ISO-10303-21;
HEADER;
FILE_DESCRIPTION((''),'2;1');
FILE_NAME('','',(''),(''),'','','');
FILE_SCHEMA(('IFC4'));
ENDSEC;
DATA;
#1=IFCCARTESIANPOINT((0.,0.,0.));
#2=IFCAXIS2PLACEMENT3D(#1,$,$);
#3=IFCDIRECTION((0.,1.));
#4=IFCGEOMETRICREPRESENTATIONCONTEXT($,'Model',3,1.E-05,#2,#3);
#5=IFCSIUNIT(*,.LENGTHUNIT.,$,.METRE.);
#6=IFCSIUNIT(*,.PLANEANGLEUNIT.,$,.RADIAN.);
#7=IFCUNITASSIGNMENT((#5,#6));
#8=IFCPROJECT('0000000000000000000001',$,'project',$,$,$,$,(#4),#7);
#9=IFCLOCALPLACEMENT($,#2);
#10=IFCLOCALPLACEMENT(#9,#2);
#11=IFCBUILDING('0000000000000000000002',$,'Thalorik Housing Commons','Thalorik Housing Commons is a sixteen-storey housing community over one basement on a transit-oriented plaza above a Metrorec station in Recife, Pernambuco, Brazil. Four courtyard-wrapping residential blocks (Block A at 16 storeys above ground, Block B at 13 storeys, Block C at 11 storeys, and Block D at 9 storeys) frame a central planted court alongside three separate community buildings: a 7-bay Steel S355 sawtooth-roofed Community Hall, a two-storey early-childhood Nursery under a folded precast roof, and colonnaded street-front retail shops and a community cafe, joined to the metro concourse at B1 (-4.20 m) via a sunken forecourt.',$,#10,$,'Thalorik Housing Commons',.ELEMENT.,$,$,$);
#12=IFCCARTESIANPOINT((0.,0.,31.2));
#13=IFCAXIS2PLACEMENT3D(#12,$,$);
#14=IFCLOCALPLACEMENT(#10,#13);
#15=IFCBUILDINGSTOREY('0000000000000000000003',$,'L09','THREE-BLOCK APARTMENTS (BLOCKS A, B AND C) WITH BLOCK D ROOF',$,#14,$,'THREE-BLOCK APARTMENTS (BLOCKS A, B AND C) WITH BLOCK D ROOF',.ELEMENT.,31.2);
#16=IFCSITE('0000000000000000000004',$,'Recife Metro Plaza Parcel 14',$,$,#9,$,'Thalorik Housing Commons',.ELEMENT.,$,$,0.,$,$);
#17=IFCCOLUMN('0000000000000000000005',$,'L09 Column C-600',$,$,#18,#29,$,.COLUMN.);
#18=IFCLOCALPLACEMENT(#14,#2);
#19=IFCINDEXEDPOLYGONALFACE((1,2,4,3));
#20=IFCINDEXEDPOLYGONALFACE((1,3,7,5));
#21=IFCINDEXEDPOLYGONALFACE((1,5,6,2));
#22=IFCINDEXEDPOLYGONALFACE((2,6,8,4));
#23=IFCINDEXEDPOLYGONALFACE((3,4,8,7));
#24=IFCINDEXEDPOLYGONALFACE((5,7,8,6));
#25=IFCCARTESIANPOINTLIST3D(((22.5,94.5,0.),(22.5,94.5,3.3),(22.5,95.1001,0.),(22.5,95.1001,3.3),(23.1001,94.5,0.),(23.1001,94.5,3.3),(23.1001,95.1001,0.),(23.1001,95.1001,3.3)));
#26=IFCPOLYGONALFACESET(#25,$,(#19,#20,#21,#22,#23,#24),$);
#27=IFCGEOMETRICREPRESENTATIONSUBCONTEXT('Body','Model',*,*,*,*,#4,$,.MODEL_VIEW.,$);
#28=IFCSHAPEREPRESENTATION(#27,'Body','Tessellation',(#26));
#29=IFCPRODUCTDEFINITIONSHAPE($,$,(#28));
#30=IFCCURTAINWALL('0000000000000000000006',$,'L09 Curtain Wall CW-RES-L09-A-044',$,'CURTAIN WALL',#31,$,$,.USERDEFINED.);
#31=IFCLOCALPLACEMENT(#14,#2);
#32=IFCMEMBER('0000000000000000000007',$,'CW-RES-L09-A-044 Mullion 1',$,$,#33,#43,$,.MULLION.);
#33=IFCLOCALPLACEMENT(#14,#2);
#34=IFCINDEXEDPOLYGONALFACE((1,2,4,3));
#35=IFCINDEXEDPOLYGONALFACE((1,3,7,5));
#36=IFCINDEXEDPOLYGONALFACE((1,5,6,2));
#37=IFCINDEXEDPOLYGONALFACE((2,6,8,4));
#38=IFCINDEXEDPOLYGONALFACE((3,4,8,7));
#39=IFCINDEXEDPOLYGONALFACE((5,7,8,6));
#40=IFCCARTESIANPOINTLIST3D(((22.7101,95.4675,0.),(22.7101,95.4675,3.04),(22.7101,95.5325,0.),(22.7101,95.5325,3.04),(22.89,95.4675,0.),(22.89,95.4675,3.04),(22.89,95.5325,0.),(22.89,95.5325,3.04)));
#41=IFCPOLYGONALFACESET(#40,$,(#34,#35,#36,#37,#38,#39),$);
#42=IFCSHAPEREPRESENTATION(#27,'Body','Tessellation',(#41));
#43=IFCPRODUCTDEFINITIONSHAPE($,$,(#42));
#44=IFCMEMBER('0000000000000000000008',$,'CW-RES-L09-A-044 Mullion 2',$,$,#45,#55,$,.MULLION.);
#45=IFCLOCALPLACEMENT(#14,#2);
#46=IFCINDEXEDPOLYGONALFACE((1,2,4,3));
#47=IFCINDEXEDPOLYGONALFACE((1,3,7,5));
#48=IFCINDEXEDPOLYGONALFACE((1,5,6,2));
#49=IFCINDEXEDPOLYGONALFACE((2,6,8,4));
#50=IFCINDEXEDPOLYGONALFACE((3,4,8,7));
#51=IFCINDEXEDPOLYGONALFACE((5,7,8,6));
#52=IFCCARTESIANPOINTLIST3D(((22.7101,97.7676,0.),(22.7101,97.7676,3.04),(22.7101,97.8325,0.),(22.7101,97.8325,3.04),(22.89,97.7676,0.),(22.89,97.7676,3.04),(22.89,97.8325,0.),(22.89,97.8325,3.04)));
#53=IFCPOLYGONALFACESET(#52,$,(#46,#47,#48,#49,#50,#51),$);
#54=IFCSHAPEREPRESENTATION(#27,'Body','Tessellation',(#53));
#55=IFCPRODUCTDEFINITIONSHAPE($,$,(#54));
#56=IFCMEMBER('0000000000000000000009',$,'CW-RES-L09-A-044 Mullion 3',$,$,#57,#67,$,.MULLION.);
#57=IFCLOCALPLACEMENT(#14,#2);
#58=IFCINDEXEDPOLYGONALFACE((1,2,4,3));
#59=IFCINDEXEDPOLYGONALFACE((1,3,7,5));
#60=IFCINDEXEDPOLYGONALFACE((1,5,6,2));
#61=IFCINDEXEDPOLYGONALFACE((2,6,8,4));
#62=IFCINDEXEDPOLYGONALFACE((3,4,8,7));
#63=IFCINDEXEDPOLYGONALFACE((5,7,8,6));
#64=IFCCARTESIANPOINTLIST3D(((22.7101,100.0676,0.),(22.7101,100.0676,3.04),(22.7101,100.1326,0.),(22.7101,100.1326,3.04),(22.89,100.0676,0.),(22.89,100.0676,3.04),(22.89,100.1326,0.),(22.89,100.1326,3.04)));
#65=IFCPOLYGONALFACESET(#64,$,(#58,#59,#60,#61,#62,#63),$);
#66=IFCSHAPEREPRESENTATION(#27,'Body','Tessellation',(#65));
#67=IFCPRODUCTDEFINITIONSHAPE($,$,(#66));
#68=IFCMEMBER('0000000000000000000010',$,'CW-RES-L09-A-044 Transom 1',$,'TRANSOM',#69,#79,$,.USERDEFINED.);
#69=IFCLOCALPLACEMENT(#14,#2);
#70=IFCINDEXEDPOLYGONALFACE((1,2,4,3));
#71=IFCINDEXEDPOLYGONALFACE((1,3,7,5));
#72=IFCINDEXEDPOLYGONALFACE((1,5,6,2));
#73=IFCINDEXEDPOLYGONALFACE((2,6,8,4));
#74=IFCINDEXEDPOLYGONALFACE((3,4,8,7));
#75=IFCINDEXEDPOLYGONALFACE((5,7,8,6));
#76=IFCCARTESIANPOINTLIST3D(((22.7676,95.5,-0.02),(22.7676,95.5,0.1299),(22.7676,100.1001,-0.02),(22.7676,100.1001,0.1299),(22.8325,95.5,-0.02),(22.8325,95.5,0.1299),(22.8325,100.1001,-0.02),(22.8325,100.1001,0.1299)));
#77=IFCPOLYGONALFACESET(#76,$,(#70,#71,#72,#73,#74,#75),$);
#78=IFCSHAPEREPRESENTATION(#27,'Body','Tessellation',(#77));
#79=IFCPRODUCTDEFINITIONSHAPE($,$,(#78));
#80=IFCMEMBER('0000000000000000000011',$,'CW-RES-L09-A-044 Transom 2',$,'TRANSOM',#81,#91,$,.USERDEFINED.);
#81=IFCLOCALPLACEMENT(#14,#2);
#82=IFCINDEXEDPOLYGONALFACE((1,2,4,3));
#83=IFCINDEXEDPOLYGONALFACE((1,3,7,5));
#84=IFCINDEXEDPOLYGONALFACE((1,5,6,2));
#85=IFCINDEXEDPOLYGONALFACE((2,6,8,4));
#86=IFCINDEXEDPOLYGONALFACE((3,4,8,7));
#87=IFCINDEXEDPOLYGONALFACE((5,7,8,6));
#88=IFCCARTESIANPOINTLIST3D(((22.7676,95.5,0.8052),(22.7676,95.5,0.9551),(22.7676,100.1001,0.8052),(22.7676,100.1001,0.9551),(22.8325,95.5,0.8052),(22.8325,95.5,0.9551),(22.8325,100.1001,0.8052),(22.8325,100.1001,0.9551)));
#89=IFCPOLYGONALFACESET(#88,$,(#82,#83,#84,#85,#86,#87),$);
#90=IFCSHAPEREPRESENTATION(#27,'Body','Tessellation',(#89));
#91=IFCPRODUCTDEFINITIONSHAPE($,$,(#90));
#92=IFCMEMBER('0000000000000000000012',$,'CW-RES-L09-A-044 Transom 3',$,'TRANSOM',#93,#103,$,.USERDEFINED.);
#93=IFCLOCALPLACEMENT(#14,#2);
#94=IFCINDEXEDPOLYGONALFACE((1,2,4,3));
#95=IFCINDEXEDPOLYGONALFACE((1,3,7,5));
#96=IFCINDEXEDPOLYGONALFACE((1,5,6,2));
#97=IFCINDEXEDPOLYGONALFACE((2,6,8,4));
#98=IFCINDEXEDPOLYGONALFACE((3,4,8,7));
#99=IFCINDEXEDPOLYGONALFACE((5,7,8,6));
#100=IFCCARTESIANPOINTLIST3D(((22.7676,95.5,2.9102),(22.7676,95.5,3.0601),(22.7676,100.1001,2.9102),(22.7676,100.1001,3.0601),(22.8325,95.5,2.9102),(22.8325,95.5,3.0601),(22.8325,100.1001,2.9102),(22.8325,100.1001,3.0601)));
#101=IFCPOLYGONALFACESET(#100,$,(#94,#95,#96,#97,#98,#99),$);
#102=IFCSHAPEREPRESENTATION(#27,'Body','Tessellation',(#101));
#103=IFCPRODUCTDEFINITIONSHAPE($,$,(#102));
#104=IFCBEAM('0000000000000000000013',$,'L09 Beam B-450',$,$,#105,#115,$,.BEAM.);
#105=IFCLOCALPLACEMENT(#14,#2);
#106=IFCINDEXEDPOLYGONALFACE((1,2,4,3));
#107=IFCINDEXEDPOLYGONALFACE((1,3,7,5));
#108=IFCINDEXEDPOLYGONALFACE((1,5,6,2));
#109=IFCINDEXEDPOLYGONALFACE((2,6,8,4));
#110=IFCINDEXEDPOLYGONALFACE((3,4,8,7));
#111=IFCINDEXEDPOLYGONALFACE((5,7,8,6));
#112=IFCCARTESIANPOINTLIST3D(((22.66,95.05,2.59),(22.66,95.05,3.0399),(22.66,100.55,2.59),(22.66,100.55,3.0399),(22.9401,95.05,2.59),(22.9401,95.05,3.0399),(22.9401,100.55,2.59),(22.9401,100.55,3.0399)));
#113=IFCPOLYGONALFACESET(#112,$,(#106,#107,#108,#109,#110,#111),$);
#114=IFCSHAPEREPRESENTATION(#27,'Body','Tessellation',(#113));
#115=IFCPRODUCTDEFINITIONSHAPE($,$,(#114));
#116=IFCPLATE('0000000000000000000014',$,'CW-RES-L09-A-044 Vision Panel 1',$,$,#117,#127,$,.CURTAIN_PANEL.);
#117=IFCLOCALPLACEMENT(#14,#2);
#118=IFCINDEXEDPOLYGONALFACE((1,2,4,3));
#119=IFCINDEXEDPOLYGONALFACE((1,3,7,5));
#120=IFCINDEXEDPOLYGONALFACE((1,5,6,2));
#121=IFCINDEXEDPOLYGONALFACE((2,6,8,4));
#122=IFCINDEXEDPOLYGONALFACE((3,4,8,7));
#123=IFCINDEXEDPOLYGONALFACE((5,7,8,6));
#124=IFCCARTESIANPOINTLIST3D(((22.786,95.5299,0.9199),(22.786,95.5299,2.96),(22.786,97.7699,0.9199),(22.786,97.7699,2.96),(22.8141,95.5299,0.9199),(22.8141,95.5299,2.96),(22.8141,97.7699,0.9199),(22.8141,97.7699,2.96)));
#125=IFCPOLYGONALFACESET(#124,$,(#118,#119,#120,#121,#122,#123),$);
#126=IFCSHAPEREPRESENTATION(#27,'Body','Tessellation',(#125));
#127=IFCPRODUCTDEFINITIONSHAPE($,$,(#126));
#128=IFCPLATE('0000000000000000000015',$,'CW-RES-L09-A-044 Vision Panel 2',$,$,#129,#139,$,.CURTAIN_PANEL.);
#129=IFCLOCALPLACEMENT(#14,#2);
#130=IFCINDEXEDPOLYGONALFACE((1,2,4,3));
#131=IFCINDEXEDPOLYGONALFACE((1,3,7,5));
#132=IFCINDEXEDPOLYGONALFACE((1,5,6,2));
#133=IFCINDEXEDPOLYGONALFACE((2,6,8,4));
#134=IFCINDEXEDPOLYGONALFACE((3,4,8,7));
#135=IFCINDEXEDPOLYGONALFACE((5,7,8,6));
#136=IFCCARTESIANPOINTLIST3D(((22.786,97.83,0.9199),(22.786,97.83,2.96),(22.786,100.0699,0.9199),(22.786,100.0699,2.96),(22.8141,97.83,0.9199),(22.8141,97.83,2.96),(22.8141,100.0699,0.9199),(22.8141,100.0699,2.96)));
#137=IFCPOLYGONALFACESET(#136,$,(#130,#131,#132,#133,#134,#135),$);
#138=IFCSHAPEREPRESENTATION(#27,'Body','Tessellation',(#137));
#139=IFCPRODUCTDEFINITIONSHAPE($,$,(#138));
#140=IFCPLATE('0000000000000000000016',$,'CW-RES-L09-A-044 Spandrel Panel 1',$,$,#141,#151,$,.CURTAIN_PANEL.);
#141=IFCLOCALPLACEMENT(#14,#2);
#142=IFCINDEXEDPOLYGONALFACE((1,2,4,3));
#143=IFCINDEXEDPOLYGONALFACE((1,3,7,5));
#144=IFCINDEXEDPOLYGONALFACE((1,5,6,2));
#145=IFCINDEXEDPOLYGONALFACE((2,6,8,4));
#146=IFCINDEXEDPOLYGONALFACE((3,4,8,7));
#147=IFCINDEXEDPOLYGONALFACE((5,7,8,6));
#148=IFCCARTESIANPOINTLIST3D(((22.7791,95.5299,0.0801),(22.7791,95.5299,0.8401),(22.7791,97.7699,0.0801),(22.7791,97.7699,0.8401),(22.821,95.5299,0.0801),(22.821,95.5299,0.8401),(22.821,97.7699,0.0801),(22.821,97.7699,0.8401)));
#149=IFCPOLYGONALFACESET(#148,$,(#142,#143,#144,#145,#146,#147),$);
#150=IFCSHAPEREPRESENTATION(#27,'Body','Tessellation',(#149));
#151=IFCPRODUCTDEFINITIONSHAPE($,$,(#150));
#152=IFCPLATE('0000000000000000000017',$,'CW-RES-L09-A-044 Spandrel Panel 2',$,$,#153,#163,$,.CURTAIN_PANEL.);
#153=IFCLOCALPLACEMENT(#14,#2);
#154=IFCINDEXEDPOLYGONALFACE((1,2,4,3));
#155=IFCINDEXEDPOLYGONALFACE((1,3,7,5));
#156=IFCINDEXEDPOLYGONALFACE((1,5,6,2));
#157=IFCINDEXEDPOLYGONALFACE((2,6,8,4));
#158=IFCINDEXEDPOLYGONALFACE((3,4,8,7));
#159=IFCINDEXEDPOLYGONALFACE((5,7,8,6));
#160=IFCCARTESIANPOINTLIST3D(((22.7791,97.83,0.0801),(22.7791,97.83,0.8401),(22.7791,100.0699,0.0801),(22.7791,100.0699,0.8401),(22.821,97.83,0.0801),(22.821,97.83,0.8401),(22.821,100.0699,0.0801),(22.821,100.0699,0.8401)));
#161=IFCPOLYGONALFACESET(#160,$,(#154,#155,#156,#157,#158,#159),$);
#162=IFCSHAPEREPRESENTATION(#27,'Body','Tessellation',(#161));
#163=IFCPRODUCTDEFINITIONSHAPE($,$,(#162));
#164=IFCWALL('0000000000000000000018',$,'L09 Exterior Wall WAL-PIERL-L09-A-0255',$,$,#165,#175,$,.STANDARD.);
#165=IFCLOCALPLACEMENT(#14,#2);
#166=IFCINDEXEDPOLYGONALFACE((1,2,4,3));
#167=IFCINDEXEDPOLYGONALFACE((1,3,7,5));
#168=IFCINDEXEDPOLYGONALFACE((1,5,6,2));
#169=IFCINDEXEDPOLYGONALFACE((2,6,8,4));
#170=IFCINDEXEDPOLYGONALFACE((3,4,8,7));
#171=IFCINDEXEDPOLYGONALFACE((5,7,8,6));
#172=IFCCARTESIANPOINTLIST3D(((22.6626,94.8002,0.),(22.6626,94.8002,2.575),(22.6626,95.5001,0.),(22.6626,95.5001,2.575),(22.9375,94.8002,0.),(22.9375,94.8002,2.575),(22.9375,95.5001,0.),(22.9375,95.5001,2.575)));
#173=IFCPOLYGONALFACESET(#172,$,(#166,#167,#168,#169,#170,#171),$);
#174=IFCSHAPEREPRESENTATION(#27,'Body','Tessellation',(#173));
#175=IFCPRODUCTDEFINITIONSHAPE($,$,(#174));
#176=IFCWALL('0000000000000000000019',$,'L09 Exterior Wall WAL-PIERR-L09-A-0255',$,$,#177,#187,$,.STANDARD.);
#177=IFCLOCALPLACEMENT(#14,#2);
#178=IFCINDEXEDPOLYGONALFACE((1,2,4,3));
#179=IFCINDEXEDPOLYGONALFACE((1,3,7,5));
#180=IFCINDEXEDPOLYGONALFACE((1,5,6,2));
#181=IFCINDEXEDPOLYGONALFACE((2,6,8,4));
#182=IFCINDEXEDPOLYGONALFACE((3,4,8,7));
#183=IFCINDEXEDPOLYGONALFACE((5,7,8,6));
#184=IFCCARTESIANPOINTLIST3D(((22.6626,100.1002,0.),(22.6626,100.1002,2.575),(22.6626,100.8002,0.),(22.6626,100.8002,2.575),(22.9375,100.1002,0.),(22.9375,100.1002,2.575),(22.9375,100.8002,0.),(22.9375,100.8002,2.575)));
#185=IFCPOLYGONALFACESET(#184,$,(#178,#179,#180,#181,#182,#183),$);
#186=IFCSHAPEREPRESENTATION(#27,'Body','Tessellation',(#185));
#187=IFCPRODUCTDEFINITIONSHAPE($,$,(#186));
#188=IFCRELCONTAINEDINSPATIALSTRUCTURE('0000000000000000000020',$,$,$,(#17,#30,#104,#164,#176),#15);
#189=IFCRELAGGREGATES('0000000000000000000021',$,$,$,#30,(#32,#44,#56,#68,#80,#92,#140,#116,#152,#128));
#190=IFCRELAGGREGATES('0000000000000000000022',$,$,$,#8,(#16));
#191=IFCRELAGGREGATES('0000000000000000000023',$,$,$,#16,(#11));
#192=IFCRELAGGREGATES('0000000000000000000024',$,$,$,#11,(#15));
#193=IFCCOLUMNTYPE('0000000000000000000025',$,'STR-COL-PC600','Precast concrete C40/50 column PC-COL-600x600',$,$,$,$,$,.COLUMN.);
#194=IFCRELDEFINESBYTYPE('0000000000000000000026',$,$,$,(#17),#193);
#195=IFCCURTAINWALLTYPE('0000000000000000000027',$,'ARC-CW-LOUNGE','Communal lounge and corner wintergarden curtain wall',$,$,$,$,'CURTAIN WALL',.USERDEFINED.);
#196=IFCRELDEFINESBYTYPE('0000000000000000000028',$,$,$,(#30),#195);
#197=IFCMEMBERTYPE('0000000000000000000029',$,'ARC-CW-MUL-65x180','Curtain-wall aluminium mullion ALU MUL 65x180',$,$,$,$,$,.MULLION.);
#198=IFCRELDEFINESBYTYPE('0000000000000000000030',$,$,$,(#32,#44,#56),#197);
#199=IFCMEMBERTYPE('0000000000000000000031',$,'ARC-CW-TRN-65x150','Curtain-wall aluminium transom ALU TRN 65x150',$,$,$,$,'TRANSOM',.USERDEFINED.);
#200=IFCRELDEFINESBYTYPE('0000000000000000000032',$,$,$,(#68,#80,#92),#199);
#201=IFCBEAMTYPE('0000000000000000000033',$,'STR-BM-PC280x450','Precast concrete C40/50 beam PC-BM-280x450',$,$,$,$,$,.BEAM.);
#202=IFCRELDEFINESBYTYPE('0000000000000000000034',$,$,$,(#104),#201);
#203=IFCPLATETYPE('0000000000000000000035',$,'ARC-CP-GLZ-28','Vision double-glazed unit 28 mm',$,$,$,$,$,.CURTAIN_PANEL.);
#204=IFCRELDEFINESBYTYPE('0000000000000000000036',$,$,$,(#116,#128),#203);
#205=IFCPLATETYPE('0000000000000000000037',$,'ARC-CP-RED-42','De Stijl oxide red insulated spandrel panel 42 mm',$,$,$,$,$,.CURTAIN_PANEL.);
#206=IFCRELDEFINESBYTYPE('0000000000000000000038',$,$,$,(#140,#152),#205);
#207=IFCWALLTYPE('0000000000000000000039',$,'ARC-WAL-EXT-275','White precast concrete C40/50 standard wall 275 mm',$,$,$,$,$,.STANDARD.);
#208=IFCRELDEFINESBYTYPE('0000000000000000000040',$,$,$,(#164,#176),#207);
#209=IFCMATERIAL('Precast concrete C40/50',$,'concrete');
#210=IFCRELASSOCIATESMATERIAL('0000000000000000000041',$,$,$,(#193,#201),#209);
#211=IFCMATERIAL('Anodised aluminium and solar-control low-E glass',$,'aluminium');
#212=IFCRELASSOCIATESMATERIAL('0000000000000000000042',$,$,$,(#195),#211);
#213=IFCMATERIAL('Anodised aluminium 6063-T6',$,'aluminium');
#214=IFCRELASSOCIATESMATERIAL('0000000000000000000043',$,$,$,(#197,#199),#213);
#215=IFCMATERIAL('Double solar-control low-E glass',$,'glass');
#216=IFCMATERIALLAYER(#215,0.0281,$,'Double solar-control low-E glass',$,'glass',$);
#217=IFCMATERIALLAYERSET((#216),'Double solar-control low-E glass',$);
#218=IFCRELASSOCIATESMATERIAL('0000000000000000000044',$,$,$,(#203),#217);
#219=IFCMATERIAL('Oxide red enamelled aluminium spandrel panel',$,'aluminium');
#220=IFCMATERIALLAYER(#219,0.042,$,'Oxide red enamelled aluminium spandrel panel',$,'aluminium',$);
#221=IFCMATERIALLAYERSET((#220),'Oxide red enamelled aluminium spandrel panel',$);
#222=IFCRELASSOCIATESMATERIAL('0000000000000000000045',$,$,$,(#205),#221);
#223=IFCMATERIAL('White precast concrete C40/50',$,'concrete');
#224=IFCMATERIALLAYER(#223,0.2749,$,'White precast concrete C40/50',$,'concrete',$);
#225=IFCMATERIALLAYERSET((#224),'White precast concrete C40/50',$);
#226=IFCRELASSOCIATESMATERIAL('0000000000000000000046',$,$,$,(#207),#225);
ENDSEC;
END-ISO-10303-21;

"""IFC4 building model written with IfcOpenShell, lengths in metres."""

from ifc_helpers import new_model, si_unit, direction, frame, frame_2d, origin, origin_2d, place, context, subcontext, project, spatial, rectangle, extrude, material, layer, layer_set, material_profile, profile_set, type_object, element, aggregate, save


model = new_model("IFC4")

# Units and contexts
model_context = context("Model", 3, precision=1e-05, world=origin(), true_north=direction((0.0, 1.0)))
body_context = subcontext(model_context, "Body", "Model", "MODEL_VIEW")
ifc_project = project(units=[si_unit("LENGTHUNIT", "METRE"), si_unit("PLANEANGLEUNIT", "RADIAN")], contexts=[model_context])

# Site, building, storey
site_placement = place(None, origin())
site = spatial("IfcSite", under=ifc_project, at=site_placement, Name="Recife Metro Plaza Parcel 14", LongName="Thalorik Housing Commons", CompositionType="ELEMENT", RefElevation=0.0)
building_placement = place(site_placement, origin())
building = spatial("IfcBuilding", under=site, at=building_placement, Name="Thalorik Housing Commons", Description="Thalorik Housing Commons is a sixteen-storey housing community over one basement on a transit-oriented plaza above a Metrorec station in Recife, Pernambuco, Brazil. Four courtyard-wrapping residential blocks (Block A at 16 storeys above ground, Block B at 13 storeys, Block C at 11 storeys, and Block D at 9 storeys) frame a central planted court alongside three separate community buildings: a 7-bay Steel S355 sawtooth-roofed Community Hall, a two-storey early-childhood Nursery under a folded precast roof, and colonnaded street-front retail shops and a community cafe, joined to the metro concourse at B1 (-4.20 m) via a sunken forecourt.", LongName="Thalorik Housing Commons", CompositionType="ELEMENT")
storey_placement = place(building_placement, frame((0.0, 0.0, 31.2)))
storey = spatial("IfcBuildingStorey", under=building, at=storey_placement, Name="L09", Description="THREE-BLOCK APARTMENTS (BLOCKS A, B AND C) WITH BLOCK D ROOF", LongName="THREE-BLOCK APARTMENTS (BLOCKS A, B AND C) WITH BLOCK D ROOF", CompositionType="ELEMENT", Elevation=31.2)

# Column
ifc_material_1 = material(Name="Precast concrete C40/50", Category="concrete")
ifc_material_profile_1 = material_profile(ifc_material_1, rectangle(XDim=0.6001, YDim=0.6001, at=origin_2d()), Name="PC 600x600", Category="concrete")
ifc_profile_set_1 = profile_set([ifc_material_profile_1], Name="Precast concrete C40/50")
column_type = type_object("IfcColumnType", Name="STR-COL-PC600", Description="Precast concrete C40/50 column PC-COL-600x600", PredefinedType="COLUMN", material=ifc_profile_set_1)
column_placement = place(storey_placement, frame((22.8, 94.8, 0.0), z_axis=(0.0, 0.0, 1.0), x_axis=(1.0, 0.0, 0.0)))
element("IfcColumn", 1, at=column_placement, inside=storey, type_object=column_type, Name="L09 Column C-600", PredefinedType="COLUMN", context=body_context, shape_type="SweptSolid", body=[
    extrude(rectangle(XDim=0.6001, YDim=0.6001, at=origin_2d()), origin(), (0.0, 0.0, 1.0), 3.3),
])

# Curtain wall, members
ifc_material_2 = material(Name="Anodised aluminium and solar-control low-E glass", Category="aluminium")
curtain_wall_type = type_object("IfcCurtainWallType", Name="ARC-CW-LOUNGE", Description="Communal lounge and corner wintergarden curtain wall", ElementType="CURTAIN WALL", PredefinedType="USERDEFINED", material=ifc_material_2)
curtain_wall_placement = place(storey_placement, origin())
curtain_wall = element("IfcCurtainWall", 2, at=curtain_wall_placement, inside=storey, type_object=curtain_wall_type, Name="L09 Curtain Wall CW-RES-L09-A-044", ObjectType="CURTAIN WALL", PredefinedType="USERDEFINED")
ifc_material_3 = material(Name="Anodised aluminium 6063-T6", Category="aluminium")
ifc_material_profile_2 = material_profile(ifc_material_3, rectangle(XDim=0.0649, YDim=0.1799, at=origin_2d()), Name="ALU MUL 65x180", Category="aluminium")
ifc_profile_set_2 = profile_set([ifc_material_profile_2], Name="Anodised aluminium 6063-T6")
member_type_1 = type_object("IfcMemberType", Name="ARC-CW-MUL-65x180", Description="Curtain-wall aluminium mullion ALU MUL 65x180", PredefinedType="MULLION", material=ifc_profile_set_2)
member_1_placement = place(storey_placement, frame((22.8, 95.5, 0.0), z_axis=(0.0, 0.0, 1.0), x_axis=(0.0, 1.0, 0.0)))
member_1 = element("IfcMember", 3, at=member_1_placement, type_object=member_type_1, Name="CW-RES-L09-A-044 Mullion 1", PredefinedType="MULLION", context=body_context, shape_type="SweptSolid", body=[
    extrude(rectangle(XDim=0.0649, YDim=0.1799, at=origin_2d()), origin(), (0.0, 0.0, 1.0), 3.04),
])
member_2_placement = place(storey_placement, frame((22.8, 97.8, 0.0), z_axis=(0.0, 0.0, 1.0), x_axis=(0.0, 1.0, 0.0)))
member_2 = element("IfcMember", 4, at=member_2_placement, type_object=member_type_1, Name="CW-RES-L09-A-044 Mullion 2", PredefinedType="MULLION", context=body_context, shape_type="SweptSolid", body=[
    extrude(rectangle(XDim=0.0649, YDim=0.1799, at=origin_2d()), origin(), (0.0, 0.0, 1.0), 3.04),
])
member_3_placement = place(storey_placement, frame((22.8, 100.1001, 0.0), z_axis=(0.0, 0.0, 1.0), x_axis=(0.0, 1.0, 0.0)))
member_3 = element("IfcMember", 5, at=member_3_placement, type_object=member_type_1, Name="CW-RES-L09-A-044 Mullion 3", PredefinedType="MULLION", context=body_context, shape_type="SweptSolid", body=[
    extrude(rectangle(XDim=0.0649, YDim=0.1799, at=origin_2d()), origin(), (0.0, 0.0, 1.0), 3.04),
])
ifc_material_profile_3 = material_profile(ifc_material_3, rectangle(XDim=0.0649, YDim=0.1499, at=origin_2d()), Name="ALU TRN 65x150", Category="aluminium")
ifc_profile_set_3 = profile_set([ifc_material_profile_3], Name="Anodised aluminium 6063-T6")
member_type_2 = type_object("IfcMemberType", Name="ARC-CW-TRN-65x150", Description="Curtain-wall aluminium transom ALU TRN 65x150", ElementType="TRANSOM", PredefinedType="USERDEFINED", material=ifc_profile_set_3)
member_4_placement = place(storey_placement, frame((22.8, 95.5, 0.0549), z_axis=(0.0, 1.0, 0.0), x_axis=(-1.0, 0.0, 0.0)))
member_4 = element("IfcMember", 6, at=member_4_placement, type_object=member_type_2, Name="CW-RES-L09-A-044 Transom 1", ObjectType="TRANSOM", PredefinedType="USERDEFINED", context=body_context, shape_type="SweptSolid", body=[
    extrude(rectangle(XDim=0.0649, YDim=0.1499, at=origin_2d()), origin(), (0.0, 0.0, 1.0), 4.6001),
])
member_5_placement = place(storey_placement, frame((22.8, 95.5, 0.8801), z_axis=(0.0, 1.0, 0.0), x_axis=(-1.0, 0.0, 0.0)))
member_5 = element("IfcMember", 7, at=member_5_placement, type_object=member_type_2, Name="CW-RES-L09-A-044 Transom 2", ObjectType="TRANSOM", PredefinedType="USERDEFINED", context=body_context, shape_type="SweptSolid", body=[
    extrude(rectangle(XDim=0.0649, YDim=0.1499, at=origin_2d()), origin(), (0.0, 0.0, 1.0), 4.6001),
])
member_6_placement = place(storey_placement, frame((22.8, 95.5, 2.9851), z_axis=(0.0, 1.0, 0.0), x_axis=(-1.0, 0.0, 0.0)))
member_6 = element("IfcMember", 8, at=member_6_placement, type_object=member_type_2, Name="CW-RES-L09-A-044 Transom 3", ObjectType="TRANSOM", PredefinedType="USERDEFINED", context=body_context, shape_type="SweptSolid", body=[
    extrude(rectangle(XDim=0.0649, YDim=0.1499, at=origin_2d()), origin(), (0.0, 0.0, 1.0), 4.6001),
])

# Beam
ifc_material_profile_4 = material_profile(ifc_material_1, rectangle(XDim=0.28, YDim=0.45, at=origin_2d()), Name="PC 280x450", Category="concrete")
ifc_profile_set_4 = profile_set([ifc_material_profile_4], Name="Precast concrete C40/50")
beam_type = type_object("IfcBeamType", Name="STR-BM-PC280x450", Description="Precast concrete C40/50 beam PC-BM-280x450", PredefinedType="BEAM", material=ifc_profile_set_4)
beam_placement = place(storey_placement, frame((22.8, 95.05, 2.8149), z_axis=(0.0, 1.0, 0.0), x_axis=(-1.0, 0.0, 0.0)))
element("IfcBeam", 9, at=beam_placement, inside=storey, type_object=beam_type, Name="L09 Beam B-450", PredefinedType="BEAM", context=body_context, shape_type="SweptSolid", body=[
    extrude(rectangle(XDim=0.28, YDim=0.45, at=origin_2d()), origin(), (0.0, 0.0, 1.0), 5.5),
])

# Plates
ifc_material_4 = material(Name="Double solar-control low-E glass", Category="glass")
ifc_layer_1 = layer(ifc_material_4, 0.0281, Name="Double solar-control low-E glass", Category="glass")
ifc_layer_set_1 = layer_set([ifc_layer_1], Name="Double solar-control low-E glass")
plate_type_1 = type_object("IfcPlateType", Name="ARC-CP-GLZ-28", Description="Vision double-glazed unit 28 mm", PredefinedType="CURTAIN_PANEL", material=ifc_layer_set_1)
plate_1_placement = place(storey_placement, frame((22.8, 96.6499, 0.9199), z_axis=(0.0, 0.0, 1.0), x_axis=(0.0, 1.0, 0.0)))
plate_1 = element("IfcPlate", 10, at=plate_1_placement, type_object=plate_type_1, Name="CW-RES-L09-A-044 Vision Panel 1", PredefinedType="CURTAIN_PANEL", context=body_context, shape_type="SweptSolid", body=[
    extrude(rectangle(XDim=2.24, YDim=0.0281, at=origin_2d()), origin(), (0.0, 0.0, 1.0), 2.04),
])
plate_2_placement = place(storey_placement, frame((22.8, 98.95, 0.9199), z_axis=(0.0, 0.0, 1.0), x_axis=(0.0, 1.0, 0.0)))
plate_2 = element("IfcPlate", 11, at=plate_2_placement, type_object=plate_type_1, Name="CW-RES-L09-A-044 Vision Panel 2", PredefinedType="CURTAIN_PANEL", context=body_context, shape_type="SweptSolid", body=[
    extrude(rectangle(XDim=2.24, YDim=0.0281, at=origin_2d()), origin(), (0.0, 0.0, 1.0), 2.04),
])
ifc_material_5 = material(Name="Oxide red enamelled aluminium spandrel panel", Category="aluminium")
ifc_layer_2 = layer(ifc_material_5, 0.042, Name="Oxide red enamelled aluminium spandrel panel", Category="aluminium")
ifc_layer_set_2 = layer_set([ifc_layer_2], Name="Oxide red enamelled aluminium spandrel panel")
plate_type_2 = type_object("IfcPlateType", Name="ARC-CP-RED-42", Description="De Stijl oxide red insulated spandrel panel 42 mm", PredefinedType="CURTAIN_PANEL", material=ifc_layer_set_2)
plate_3_placement = place(storey_placement, frame((22.8, 96.6499, 0.0801), z_axis=(0.0, 0.0, 1.0), x_axis=(0.0, 1.0, 0.0)))
plate_3 = element("IfcPlate", 12, at=plate_3_placement, type_object=plate_type_2, Name="CW-RES-L09-A-044 Spandrel Panel 1", PredefinedType="CURTAIN_PANEL", context=body_context, shape_type="SweptSolid", body=[
    extrude(rectangle(XDim=2.24, YDim=0.042, at=origin_2d()), origin(), (0.0, 0.0, 1.0), 0.76),
])
plate_4_placement = place(storey_placement, frame((22.8, 98.95, 0.0801), z_axis=(0.0, 0.0, 1.0), x_axis=(0.0, 1.0, 0.0)))
plate_4 = element("IfcPlate", 13, at=plate_4_placement, type_object=plate_type_2, Name="CW-RES-L09-A-044 Spandrel Panel 2", PredefinedType="CURTAIN_PANEL", context=body_context, shape_type="SweptSolid", body=[
    extrude(rectangle(XDim=2.24, YDim=0.042, at=origin_2d()), origin(), (0.0, 0.0, 1.0), 0.76),
])
aggregate(curtain_wall, [member_1, member_2, member_3, member_4, member_5, member_6, plate_3, plate_1, plate_4, plate_2])

# Walls
ifc_material_6 = material(Name="White precast concrete C40/50", Category="concrete")
ifc_layer_3 = layer(ifc_material_6, 0.2749, Name="White precast concrete C40/50", Category="concrete")
ifc_layer_set_3 = layer_set([ifc_layer_3], Name="White precast concrete C40/50")
wall_type = type_object("IfcWallType", Name="ARC-WAL-EXT-275", Description="White precast concrete C40/50 standard wall 275 mm", PredefinedType="STANDARD", material=ifc_layer_set_3)
for number, where, z_axis, x_axis, name in (
    (14, (22.8, 94.8, 0.0), (0.0, 0.0, 1.0), (0.0, 1.0, 0.0), "L09 Exterior Wall WAL-PIERL-L09-A-0255"),
    (15, (22.8, 100.1001, 0.0), (0.0, 0.0, 1.0), (0.0, 1.0, 0.0), "L09 Exterior Wall WAL-PIERR-L09-A-0255"),
):
    element("IfcWall", number, at=place(storey_placement, frame(where, z_axis=z_axis, x_axis=x_axis)), inside=storey, type_object=wall_type, Name=name, PredefinedType="STANDARD", context=body_context, shape_type="SweptSolid", body=[
        extrude(rectangle(XDim=0.7, YDim=0.2749, at=frame_2d((0.3501, 0.0))), origin(), (0.0, 0.0, 1.0), 2.575),
    ])

save(model, "model.ifc")
